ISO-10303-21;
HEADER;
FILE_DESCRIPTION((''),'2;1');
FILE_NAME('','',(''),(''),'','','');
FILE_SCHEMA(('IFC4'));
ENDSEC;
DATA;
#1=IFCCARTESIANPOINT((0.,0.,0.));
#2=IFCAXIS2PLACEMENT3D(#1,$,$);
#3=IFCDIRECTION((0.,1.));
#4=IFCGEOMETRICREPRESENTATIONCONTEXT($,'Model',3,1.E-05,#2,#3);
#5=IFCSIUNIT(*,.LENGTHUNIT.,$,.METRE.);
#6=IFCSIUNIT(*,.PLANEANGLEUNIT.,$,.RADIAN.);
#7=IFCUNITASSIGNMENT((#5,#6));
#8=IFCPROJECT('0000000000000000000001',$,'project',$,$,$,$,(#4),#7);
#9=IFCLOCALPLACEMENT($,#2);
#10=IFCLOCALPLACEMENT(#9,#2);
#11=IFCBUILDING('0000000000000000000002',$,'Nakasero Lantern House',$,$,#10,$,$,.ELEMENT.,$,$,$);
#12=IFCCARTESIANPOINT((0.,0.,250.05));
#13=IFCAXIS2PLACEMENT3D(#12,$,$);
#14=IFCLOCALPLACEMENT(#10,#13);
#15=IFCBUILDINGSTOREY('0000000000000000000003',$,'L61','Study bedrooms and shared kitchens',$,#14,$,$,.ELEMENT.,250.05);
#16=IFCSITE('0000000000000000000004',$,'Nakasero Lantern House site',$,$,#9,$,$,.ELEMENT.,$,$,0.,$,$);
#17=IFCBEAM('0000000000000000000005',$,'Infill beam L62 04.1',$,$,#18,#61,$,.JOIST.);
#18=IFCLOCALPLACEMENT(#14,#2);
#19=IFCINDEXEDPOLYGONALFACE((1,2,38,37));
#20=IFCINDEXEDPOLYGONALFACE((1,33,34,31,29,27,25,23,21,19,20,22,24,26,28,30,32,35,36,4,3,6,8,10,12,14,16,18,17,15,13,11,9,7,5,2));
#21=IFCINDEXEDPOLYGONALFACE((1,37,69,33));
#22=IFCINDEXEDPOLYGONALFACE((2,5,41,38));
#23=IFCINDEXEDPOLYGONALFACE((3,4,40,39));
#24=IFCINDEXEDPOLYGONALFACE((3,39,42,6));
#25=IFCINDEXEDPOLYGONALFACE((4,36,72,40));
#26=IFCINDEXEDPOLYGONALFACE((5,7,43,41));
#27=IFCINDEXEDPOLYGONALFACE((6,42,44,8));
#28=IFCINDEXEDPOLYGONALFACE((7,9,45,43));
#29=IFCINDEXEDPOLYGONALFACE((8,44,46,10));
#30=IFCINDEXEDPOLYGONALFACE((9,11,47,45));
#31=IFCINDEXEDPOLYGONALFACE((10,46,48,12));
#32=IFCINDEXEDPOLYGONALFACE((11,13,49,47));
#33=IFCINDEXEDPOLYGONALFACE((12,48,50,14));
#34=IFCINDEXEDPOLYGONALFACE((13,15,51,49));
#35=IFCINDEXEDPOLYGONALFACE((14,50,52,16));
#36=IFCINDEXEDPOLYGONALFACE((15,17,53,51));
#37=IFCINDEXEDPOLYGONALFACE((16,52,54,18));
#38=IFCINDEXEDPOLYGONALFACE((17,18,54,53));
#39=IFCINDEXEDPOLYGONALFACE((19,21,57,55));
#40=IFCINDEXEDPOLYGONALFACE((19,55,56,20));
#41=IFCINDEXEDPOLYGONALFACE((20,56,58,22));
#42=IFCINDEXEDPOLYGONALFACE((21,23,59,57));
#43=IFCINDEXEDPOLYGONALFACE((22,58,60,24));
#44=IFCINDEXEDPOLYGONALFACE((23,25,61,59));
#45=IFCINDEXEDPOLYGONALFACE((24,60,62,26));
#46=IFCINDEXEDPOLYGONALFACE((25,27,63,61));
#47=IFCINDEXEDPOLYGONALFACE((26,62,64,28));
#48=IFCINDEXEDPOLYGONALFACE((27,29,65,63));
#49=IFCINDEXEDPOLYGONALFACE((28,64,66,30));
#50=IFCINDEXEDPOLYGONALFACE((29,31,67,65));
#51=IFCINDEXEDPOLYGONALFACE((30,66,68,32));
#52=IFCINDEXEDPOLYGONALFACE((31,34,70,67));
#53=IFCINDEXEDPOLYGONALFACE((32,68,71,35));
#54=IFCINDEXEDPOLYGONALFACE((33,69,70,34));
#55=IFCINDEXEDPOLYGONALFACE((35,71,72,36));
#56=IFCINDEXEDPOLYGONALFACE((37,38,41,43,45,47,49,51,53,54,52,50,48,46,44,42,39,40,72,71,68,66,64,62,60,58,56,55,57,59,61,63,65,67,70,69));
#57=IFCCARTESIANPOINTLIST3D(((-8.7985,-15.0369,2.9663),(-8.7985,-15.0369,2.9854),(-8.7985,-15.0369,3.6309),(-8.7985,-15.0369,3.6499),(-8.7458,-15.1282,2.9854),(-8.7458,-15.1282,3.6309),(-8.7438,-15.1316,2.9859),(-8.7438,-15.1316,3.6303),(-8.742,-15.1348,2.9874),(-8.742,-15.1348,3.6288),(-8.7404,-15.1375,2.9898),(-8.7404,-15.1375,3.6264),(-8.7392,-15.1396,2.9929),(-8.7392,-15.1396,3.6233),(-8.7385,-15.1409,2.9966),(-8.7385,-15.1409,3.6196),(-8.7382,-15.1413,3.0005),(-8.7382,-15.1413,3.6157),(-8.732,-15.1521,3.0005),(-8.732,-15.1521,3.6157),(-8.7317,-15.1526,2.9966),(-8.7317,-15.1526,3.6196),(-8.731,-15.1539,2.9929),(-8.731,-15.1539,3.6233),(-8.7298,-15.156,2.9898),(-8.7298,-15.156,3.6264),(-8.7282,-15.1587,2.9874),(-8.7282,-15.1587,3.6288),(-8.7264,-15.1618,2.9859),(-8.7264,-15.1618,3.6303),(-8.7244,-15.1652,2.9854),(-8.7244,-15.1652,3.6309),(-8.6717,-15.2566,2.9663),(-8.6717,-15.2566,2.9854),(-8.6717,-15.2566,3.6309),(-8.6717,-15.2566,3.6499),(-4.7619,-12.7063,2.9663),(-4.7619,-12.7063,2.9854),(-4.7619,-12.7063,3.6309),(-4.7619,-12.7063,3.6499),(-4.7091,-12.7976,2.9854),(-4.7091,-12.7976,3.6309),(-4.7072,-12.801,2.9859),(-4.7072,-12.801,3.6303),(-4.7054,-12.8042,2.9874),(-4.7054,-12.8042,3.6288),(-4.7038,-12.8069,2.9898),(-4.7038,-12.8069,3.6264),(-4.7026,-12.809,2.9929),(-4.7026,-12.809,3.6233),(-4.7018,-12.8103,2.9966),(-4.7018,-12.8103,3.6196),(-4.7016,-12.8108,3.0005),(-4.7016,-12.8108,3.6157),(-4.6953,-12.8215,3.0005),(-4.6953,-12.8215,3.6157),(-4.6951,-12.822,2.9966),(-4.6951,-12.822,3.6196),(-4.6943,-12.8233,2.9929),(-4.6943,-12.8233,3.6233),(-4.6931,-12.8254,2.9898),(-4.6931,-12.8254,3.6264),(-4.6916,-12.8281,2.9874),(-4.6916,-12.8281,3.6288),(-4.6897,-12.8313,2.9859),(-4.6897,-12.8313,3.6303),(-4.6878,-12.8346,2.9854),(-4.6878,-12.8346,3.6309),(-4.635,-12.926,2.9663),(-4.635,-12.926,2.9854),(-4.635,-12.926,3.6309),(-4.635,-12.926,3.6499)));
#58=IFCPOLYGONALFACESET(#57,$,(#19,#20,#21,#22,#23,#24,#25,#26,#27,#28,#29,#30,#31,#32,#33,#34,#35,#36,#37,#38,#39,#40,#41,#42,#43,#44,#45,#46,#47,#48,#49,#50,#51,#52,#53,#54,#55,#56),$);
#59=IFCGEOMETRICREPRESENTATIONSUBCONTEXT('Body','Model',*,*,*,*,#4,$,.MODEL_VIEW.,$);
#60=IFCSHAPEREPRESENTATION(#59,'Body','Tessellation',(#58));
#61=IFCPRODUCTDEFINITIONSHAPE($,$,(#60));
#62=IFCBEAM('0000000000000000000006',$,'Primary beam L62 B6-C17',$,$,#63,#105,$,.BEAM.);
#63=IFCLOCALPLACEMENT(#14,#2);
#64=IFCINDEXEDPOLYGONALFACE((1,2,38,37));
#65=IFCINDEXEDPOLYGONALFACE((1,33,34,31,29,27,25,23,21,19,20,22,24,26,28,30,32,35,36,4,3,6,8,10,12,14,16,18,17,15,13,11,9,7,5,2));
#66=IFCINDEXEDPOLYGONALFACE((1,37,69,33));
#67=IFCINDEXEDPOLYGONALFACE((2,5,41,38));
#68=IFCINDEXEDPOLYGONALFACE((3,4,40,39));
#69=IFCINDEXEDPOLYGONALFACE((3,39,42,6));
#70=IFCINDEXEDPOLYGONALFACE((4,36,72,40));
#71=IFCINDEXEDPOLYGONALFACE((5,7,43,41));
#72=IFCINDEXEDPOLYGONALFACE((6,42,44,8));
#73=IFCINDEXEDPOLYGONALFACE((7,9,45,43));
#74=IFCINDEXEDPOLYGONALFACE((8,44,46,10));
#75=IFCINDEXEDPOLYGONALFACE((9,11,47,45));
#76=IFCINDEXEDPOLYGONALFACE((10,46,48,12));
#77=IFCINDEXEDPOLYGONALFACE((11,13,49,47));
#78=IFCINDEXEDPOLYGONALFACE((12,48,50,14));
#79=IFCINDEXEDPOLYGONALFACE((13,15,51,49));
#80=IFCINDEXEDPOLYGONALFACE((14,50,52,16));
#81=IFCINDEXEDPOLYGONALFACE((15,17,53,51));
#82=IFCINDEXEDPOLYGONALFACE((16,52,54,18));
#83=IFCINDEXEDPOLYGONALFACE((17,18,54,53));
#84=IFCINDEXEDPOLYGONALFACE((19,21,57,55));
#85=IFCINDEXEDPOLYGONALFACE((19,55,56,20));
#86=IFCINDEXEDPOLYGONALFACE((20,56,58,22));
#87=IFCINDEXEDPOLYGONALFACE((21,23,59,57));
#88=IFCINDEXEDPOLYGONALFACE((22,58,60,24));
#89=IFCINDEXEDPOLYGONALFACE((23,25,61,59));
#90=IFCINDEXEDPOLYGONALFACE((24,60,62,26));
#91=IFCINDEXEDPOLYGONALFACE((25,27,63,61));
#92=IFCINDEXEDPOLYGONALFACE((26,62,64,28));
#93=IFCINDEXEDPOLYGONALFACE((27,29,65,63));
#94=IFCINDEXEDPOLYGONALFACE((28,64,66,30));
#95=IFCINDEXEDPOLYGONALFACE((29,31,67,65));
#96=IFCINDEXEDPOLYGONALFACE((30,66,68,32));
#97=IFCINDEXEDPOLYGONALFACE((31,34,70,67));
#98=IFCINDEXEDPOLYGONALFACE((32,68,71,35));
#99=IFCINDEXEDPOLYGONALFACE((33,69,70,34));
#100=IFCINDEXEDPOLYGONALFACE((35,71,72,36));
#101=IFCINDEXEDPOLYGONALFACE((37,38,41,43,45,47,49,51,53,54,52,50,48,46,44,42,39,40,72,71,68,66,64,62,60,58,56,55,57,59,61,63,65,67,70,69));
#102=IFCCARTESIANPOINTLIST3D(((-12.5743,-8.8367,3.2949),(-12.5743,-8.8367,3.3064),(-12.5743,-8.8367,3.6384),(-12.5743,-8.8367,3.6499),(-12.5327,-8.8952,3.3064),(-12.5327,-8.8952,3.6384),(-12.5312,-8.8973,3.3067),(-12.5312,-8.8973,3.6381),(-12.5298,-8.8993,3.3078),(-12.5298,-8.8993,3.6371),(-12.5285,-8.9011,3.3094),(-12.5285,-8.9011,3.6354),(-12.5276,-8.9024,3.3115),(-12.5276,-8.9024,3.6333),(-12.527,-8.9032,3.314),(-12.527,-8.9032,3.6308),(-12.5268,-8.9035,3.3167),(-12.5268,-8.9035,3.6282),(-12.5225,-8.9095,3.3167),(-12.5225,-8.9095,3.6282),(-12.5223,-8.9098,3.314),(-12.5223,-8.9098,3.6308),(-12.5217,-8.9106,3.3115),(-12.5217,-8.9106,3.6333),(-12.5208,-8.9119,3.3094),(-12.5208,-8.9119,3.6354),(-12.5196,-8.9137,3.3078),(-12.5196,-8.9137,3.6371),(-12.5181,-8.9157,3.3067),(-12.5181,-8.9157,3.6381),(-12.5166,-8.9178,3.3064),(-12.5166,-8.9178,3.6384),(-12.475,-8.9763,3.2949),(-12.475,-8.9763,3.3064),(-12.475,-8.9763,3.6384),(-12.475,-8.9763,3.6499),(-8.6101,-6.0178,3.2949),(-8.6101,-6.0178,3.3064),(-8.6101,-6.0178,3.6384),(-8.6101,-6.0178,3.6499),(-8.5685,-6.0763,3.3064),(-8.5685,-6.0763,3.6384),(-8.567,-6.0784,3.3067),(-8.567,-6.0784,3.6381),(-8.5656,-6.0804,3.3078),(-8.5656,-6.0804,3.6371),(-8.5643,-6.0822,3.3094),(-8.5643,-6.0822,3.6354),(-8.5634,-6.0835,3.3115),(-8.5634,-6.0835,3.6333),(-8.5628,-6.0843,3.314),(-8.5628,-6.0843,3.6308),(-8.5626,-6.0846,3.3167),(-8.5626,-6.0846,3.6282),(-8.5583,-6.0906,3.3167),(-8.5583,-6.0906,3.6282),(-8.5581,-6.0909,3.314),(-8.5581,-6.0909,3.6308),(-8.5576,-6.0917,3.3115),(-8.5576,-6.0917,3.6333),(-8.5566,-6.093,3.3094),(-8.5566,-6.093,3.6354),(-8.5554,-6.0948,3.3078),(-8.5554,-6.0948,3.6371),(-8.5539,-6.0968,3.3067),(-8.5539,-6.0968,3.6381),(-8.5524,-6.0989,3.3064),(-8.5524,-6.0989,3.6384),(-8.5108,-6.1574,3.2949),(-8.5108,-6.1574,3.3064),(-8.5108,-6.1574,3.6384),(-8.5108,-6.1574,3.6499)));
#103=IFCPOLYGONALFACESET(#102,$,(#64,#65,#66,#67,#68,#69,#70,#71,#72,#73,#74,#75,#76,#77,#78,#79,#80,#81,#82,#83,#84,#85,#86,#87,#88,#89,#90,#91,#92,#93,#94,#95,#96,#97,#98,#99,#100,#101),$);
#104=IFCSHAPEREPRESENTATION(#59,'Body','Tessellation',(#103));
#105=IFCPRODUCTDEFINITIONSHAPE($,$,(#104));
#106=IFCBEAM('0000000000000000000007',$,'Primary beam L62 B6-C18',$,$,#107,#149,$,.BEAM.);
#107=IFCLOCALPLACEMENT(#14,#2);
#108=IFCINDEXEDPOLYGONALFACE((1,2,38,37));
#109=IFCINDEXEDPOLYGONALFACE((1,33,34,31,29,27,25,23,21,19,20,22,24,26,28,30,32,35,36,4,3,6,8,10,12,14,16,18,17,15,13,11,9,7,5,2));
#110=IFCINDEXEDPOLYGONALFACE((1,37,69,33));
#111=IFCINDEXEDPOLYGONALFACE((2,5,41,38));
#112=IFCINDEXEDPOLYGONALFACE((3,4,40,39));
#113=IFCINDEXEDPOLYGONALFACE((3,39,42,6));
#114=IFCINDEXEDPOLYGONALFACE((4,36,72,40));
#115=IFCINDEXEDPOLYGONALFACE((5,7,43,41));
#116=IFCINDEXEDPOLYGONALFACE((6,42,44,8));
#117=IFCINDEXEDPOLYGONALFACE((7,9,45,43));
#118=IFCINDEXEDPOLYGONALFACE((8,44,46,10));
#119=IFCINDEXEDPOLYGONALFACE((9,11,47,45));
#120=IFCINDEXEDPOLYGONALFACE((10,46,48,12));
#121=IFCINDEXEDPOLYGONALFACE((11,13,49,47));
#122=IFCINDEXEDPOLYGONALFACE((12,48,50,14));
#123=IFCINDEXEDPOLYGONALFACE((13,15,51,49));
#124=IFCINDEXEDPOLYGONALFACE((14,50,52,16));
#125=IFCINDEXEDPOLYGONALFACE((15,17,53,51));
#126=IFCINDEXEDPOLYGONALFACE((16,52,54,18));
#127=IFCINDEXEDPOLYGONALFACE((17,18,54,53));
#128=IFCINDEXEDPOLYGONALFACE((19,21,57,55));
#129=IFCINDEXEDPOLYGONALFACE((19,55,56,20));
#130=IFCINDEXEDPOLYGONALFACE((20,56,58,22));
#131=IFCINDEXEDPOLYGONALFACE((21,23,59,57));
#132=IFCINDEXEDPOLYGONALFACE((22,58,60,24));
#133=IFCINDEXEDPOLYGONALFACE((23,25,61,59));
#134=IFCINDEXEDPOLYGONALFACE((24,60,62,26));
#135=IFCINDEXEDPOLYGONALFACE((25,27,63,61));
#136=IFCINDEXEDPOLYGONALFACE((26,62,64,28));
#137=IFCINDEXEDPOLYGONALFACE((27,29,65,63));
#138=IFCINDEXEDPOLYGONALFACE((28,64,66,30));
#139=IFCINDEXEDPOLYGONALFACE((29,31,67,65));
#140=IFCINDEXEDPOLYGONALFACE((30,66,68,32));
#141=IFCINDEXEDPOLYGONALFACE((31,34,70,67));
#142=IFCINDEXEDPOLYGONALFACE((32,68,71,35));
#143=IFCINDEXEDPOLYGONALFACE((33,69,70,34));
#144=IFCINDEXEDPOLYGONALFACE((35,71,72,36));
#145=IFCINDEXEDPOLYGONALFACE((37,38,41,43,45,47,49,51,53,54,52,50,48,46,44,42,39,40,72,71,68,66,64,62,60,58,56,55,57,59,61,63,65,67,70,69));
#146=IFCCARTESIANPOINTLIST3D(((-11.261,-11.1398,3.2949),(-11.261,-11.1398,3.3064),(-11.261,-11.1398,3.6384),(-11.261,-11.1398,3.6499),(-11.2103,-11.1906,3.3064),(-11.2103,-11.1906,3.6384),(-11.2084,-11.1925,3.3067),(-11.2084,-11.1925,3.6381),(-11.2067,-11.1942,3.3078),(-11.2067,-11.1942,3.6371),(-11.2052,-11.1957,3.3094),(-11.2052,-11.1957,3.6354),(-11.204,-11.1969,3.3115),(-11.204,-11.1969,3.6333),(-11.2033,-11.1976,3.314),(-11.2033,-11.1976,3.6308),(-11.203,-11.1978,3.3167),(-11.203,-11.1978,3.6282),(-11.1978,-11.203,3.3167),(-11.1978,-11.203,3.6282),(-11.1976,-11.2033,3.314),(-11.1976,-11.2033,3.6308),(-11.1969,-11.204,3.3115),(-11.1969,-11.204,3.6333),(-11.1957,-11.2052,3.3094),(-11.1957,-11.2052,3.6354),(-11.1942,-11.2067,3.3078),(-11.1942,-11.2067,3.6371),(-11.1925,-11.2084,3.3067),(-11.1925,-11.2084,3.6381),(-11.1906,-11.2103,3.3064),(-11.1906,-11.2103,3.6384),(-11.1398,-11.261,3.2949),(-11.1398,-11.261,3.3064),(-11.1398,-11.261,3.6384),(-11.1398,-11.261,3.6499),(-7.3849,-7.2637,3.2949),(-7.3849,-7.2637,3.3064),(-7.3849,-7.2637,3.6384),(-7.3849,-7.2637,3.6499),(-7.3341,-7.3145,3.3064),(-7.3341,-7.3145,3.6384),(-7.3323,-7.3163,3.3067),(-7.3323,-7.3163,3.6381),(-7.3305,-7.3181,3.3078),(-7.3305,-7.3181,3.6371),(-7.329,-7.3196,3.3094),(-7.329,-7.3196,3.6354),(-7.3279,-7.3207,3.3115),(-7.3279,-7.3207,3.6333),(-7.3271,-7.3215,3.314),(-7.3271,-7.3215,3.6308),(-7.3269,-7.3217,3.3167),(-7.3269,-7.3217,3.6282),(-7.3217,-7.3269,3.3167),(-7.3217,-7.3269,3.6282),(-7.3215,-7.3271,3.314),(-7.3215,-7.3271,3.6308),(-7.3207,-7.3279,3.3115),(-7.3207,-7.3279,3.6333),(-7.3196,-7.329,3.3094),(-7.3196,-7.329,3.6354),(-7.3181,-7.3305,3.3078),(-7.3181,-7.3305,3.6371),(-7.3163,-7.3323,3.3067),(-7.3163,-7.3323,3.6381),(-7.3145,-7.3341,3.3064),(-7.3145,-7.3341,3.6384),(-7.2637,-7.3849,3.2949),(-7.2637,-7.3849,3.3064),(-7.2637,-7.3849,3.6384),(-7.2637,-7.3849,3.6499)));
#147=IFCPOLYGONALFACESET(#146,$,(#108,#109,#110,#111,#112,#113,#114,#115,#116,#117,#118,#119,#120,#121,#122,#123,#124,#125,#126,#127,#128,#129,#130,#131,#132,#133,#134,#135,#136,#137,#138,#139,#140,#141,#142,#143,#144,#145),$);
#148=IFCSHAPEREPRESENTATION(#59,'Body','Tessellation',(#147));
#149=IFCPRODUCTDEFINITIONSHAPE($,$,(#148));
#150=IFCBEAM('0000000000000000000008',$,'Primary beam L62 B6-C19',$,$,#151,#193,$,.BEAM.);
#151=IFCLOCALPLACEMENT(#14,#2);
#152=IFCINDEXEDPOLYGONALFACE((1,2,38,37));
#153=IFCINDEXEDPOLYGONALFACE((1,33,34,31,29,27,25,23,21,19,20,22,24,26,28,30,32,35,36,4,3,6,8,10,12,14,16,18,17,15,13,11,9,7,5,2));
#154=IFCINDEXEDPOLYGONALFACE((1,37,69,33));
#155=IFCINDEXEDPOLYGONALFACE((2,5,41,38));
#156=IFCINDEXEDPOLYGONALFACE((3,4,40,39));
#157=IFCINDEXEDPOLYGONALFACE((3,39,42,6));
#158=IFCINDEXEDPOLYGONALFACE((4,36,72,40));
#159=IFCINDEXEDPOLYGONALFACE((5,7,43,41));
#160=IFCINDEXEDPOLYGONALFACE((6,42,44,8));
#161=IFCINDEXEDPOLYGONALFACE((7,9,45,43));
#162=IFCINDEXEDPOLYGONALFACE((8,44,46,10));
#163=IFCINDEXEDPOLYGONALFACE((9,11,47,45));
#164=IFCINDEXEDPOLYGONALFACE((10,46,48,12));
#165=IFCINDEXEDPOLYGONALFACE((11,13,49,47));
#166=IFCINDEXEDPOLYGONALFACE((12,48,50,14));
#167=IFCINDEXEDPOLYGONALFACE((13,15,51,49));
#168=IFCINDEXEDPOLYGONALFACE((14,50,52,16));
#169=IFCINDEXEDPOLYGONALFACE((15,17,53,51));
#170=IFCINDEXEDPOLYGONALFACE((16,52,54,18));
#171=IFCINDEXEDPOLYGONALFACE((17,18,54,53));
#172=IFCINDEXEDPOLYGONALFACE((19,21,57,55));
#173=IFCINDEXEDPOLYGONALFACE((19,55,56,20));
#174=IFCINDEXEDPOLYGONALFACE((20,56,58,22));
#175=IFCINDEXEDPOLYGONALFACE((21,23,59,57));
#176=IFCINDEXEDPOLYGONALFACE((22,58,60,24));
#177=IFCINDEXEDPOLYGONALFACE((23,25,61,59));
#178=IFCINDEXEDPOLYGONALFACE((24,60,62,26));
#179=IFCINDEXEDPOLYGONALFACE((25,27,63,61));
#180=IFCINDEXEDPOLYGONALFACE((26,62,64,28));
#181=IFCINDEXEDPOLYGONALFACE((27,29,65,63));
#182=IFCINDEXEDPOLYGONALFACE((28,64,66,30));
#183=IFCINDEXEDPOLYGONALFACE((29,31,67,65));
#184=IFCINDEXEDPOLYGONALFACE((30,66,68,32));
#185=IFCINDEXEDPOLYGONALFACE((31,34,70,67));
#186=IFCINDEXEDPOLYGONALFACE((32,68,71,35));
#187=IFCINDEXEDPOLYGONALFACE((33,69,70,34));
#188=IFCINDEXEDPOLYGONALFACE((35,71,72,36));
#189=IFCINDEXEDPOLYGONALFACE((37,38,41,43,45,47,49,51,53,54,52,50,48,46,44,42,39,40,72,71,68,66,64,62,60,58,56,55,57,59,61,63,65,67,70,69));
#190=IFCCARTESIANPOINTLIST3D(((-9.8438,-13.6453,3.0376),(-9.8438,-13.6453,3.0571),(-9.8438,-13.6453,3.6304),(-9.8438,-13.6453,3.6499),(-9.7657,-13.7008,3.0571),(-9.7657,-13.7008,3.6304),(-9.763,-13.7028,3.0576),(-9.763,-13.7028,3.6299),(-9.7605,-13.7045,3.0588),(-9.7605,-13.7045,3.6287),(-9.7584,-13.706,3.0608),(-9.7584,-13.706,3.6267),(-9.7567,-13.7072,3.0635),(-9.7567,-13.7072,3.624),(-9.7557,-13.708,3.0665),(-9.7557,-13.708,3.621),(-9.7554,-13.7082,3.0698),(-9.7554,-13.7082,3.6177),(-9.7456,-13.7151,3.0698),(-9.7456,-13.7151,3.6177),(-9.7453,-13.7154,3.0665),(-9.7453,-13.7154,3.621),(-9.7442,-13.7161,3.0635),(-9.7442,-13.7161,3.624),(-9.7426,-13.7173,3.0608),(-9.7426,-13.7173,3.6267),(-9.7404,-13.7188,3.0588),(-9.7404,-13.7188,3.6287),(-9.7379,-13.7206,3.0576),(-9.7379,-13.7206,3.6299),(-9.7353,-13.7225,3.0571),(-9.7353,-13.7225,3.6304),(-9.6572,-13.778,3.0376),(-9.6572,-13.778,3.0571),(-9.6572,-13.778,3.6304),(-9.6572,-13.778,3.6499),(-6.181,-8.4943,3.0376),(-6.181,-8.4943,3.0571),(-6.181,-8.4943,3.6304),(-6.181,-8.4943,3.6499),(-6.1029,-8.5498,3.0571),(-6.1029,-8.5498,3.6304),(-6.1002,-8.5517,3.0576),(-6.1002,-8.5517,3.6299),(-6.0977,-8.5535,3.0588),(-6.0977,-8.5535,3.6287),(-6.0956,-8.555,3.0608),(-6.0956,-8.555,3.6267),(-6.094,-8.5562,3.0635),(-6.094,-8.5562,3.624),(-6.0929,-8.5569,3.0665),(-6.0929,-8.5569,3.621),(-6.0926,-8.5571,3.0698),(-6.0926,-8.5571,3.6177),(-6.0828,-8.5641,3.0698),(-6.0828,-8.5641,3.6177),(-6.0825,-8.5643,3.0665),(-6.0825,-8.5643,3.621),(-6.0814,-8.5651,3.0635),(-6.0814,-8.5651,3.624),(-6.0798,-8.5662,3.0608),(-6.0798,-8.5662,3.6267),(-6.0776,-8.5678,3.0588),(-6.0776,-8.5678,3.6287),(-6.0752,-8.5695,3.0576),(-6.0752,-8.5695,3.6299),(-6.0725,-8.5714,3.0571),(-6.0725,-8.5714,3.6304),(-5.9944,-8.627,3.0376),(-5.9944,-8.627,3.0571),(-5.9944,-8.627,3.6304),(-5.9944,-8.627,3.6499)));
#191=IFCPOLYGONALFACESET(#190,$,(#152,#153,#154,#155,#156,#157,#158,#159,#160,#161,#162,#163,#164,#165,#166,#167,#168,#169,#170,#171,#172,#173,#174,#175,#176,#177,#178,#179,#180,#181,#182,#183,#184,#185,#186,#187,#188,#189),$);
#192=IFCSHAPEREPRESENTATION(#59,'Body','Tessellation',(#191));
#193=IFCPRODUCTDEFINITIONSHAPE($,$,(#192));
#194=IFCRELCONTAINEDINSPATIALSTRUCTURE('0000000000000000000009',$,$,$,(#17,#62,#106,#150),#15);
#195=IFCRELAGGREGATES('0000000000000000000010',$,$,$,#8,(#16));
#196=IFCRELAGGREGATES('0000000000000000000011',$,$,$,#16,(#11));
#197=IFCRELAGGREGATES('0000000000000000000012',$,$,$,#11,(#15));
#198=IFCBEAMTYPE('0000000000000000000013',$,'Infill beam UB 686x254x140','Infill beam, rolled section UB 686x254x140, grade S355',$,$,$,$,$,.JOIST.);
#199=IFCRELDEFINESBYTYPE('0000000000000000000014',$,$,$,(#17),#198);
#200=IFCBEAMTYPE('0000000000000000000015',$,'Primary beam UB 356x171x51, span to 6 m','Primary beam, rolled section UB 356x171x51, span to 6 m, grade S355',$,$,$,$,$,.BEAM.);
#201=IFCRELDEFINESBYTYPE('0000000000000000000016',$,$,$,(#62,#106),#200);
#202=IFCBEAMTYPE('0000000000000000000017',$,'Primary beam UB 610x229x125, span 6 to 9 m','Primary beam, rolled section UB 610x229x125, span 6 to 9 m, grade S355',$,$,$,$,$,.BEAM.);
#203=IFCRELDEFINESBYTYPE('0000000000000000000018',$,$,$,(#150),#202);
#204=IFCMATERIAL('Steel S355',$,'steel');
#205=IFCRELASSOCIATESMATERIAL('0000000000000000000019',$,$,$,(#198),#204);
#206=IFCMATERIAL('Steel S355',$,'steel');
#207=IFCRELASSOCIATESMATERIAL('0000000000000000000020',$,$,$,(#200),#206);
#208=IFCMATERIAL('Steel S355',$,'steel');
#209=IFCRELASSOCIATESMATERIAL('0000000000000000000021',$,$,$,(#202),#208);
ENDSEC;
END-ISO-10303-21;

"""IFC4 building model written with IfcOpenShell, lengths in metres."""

from ifc_helpers import new_model, si_unit, direction, frame, origin, origin_2d, place, context, subcontext, project, spatial, i_section, extrude, material, material_profile, profile_set, type_object, element, save


model = new_model("IFC4")

# Units and contexts
model_context = context("Model", 3, precision=1e-05, world=origin(), true_north=direction((0.0, 1.0)))
body_context = subcontext(model_context, "Body", "Model", "MODEL_VIEW")
ifc_project = project(units=[si_unit("LENGTHUNIT", "METRE"), si_unit("PLANEANGLEUNIT", "RADIAN")], contexts=[model_context])

# Site, building, storey
site_placement = place(None, origin())
site = spatial("IfcSite", under=ifc_project, at=site_placement, Name="Nakasero Lantern House site", CompositionType="ELEMENT", RefElevation=0.0)
building_placement = place(site_placement, origin())
building = spatial("IfcBuilding", under=site, at=building_placement, Name="Nakasero Lantern House", CompositionType="ELEMENT")
storey_placement = place(building_placement, frame((0.0, 0.0, 250.05)))
storey = spatial("IfcBuildingStorey", under=building, at=storey_placement, Name="L61", Description="Study bedrooms and shared kitchens", CompositionType="ELEMENT", Elevation=250.05)

# Beams
ifc_material_1 = material(Name="Steel S355", Category="steel")
ifc_material_profile_1 = material_profile(ifc_material_1, i_section(OverallWidth=0.2537, OverallDepth=0.6836, WebThickness=0.0125, FlangeThickness=0.019, FilletRadius=0.0151, at=origin_2d()), Name="UB 686x254x140")
ifc_profile_set_1 = profile_set([ifc_material_profile_1], Name="Steel S355")
beam_type_1 = type_object("IfcBeamType", Name="Infill beam UB 686x254x140", Description="Infill beam, rolled section UB 686x254x140, grade S355", PredefinedType="JOIST", material=ifc_profile_set_1)
beam_1_placement = place(storey_placement, frame((-8.7351, -15.1467, 3.3081), z_axis=(0.866023, 0.500004, 0.0), x_axis=(-0.500004, 0.866023, 0.0)))
element("IfcBeam", 1, at=beam_1_placement, inside=storey, type_object=beam_type_1, Name="Infill beam L62 04.1", PredefinedType="JOIST", context=body_context, shape_type="SweptSolid", body=[
    extrude(i_section(OverallWidth=0.2537, OverallDepth=0.6836, WebThickness=0.0125, FlangeThickness=0.019, FilletRadius=0.0151, at=origin_2d()), origin(), (0.0, 0.0, 1.0), 4.6611),
])
ifc_material_2 = material(Name="Steel S355", Category="steel")
ifc_material_profile_2 = material_profile(ifc_material_2, i_section(OverallWidth=0.1714, OverallDepth=0.355, WebThickness=0.0073, FlangeThickness=0.0115, FilletRadius=0.0103, at=origin_2d()), Name="UB 356x171x51")
ifc_profile_set_2 = profile_set([ifc_material_profile_2], Name="Steel S355")
beam_type_2 = type_object("IfcBeamType", Name="Primary beam UB 356x171x51, span to 6 m", Description="Primary beam, rolled section UB 356x171x51, span to 6 m, grade S355", PredefinedType="BEAM", material=ifc_profile_set_2)
beam_2_placement = place(storey_placement, frame((-12.5247, -8.9065, 3.4724), z_axis=(0.814963, 0.579513, 0.0), x_axis=(-0.579513, 0.814963, 0.0)))
element("IfcBeam", 2, at=beam_2_placement, inside=storey, type_object=beam_type_2, Name="Primary beam L62 B6-C17", PredefinedType="BEAM", context=body_context, shape_type="SweptSolid", body=[
    extrude(i_section(OverallWidth=0.1714, OverallDepth=0.355, WebThickness=0.0073, FlangeThickness=0.0115, FilletRadius=0.0103, at=origin_2d()), origin(), (0.0, 0.0, 1.0), 4.8643),
])
beam_3_placement = place(storey_placement, frame((-11.2004, -11.2004, 3.4724), z_axis=(0.707107, 0.707107, 0.0), x_axis=(-0.707107, 0.707107, 0.0)))
element("IfcBeam", 3, at=beam_3_placement, inside=storey, type_object=beam_type_2, Name="Primary beam L62 B6-C18", PredefinedType="BEAM", context=body_context, shape_type="SweptSolid", body=[
    extrude(i_section(OverallWidth=0.1714, OverallDepth=0.355, WebThickness=0.0073, FlangeThickness=0.0115, FilletRadius=0.0103, at=origin_2d()), origin(), (0.0, 0.0, 1.0), 5.4817),
])
ifc_material_3 = material(Name="Steel S355", Category="steel")
ifc_material_profile_3 = material_profile(ifc_material_3, i_section(OverallWidth=0.229, OverallDepth=0.6123, WebThickness=0.012, FlangeThickness=0.0195, FilletRadius=0.0127, at=origin_2d()), Name="UB 610x229x125")
ifc_profile_set_3 = profile_set([ifc_material_profile_3], Name="Steel S355")
beam_type_3 = type_object("IfcBeamType", Name="Primary beam UB 610x229x125, span 6 to 9 m", Description="Primary beam, rolled section UB 610x229x125, span 6 to 9 m, grade S355", PredefinedType="BEAM", material=ifc_profile_set_3)
beam_4_placement = place(storey_placement, frame((-9.7505, -13.7117, 3.3438), z_axis=(0.579505, 0.814969, 0.0), x_axis=(-0.814969, 0.579505, 0.0)))
element("IfcBeam", 4, at=beam_4_placement, inside=storey, type_object=beam_type_3, Name="Primary beam L62 B6-C19", PredefinedType="BEAM", context=body_context, shape_type="SweptSolid", body=[
    extrude(i_section(OverallWidth=0.229, OverallDepth=0.6123, WebThickness=0.012, FlangeThickness=0.0195, FilletRadius=0.0127, at=origin_2d()), origin(), (0.0, 0.0, 1.0), 6.3206),
])

save(model, "model.ifc")
